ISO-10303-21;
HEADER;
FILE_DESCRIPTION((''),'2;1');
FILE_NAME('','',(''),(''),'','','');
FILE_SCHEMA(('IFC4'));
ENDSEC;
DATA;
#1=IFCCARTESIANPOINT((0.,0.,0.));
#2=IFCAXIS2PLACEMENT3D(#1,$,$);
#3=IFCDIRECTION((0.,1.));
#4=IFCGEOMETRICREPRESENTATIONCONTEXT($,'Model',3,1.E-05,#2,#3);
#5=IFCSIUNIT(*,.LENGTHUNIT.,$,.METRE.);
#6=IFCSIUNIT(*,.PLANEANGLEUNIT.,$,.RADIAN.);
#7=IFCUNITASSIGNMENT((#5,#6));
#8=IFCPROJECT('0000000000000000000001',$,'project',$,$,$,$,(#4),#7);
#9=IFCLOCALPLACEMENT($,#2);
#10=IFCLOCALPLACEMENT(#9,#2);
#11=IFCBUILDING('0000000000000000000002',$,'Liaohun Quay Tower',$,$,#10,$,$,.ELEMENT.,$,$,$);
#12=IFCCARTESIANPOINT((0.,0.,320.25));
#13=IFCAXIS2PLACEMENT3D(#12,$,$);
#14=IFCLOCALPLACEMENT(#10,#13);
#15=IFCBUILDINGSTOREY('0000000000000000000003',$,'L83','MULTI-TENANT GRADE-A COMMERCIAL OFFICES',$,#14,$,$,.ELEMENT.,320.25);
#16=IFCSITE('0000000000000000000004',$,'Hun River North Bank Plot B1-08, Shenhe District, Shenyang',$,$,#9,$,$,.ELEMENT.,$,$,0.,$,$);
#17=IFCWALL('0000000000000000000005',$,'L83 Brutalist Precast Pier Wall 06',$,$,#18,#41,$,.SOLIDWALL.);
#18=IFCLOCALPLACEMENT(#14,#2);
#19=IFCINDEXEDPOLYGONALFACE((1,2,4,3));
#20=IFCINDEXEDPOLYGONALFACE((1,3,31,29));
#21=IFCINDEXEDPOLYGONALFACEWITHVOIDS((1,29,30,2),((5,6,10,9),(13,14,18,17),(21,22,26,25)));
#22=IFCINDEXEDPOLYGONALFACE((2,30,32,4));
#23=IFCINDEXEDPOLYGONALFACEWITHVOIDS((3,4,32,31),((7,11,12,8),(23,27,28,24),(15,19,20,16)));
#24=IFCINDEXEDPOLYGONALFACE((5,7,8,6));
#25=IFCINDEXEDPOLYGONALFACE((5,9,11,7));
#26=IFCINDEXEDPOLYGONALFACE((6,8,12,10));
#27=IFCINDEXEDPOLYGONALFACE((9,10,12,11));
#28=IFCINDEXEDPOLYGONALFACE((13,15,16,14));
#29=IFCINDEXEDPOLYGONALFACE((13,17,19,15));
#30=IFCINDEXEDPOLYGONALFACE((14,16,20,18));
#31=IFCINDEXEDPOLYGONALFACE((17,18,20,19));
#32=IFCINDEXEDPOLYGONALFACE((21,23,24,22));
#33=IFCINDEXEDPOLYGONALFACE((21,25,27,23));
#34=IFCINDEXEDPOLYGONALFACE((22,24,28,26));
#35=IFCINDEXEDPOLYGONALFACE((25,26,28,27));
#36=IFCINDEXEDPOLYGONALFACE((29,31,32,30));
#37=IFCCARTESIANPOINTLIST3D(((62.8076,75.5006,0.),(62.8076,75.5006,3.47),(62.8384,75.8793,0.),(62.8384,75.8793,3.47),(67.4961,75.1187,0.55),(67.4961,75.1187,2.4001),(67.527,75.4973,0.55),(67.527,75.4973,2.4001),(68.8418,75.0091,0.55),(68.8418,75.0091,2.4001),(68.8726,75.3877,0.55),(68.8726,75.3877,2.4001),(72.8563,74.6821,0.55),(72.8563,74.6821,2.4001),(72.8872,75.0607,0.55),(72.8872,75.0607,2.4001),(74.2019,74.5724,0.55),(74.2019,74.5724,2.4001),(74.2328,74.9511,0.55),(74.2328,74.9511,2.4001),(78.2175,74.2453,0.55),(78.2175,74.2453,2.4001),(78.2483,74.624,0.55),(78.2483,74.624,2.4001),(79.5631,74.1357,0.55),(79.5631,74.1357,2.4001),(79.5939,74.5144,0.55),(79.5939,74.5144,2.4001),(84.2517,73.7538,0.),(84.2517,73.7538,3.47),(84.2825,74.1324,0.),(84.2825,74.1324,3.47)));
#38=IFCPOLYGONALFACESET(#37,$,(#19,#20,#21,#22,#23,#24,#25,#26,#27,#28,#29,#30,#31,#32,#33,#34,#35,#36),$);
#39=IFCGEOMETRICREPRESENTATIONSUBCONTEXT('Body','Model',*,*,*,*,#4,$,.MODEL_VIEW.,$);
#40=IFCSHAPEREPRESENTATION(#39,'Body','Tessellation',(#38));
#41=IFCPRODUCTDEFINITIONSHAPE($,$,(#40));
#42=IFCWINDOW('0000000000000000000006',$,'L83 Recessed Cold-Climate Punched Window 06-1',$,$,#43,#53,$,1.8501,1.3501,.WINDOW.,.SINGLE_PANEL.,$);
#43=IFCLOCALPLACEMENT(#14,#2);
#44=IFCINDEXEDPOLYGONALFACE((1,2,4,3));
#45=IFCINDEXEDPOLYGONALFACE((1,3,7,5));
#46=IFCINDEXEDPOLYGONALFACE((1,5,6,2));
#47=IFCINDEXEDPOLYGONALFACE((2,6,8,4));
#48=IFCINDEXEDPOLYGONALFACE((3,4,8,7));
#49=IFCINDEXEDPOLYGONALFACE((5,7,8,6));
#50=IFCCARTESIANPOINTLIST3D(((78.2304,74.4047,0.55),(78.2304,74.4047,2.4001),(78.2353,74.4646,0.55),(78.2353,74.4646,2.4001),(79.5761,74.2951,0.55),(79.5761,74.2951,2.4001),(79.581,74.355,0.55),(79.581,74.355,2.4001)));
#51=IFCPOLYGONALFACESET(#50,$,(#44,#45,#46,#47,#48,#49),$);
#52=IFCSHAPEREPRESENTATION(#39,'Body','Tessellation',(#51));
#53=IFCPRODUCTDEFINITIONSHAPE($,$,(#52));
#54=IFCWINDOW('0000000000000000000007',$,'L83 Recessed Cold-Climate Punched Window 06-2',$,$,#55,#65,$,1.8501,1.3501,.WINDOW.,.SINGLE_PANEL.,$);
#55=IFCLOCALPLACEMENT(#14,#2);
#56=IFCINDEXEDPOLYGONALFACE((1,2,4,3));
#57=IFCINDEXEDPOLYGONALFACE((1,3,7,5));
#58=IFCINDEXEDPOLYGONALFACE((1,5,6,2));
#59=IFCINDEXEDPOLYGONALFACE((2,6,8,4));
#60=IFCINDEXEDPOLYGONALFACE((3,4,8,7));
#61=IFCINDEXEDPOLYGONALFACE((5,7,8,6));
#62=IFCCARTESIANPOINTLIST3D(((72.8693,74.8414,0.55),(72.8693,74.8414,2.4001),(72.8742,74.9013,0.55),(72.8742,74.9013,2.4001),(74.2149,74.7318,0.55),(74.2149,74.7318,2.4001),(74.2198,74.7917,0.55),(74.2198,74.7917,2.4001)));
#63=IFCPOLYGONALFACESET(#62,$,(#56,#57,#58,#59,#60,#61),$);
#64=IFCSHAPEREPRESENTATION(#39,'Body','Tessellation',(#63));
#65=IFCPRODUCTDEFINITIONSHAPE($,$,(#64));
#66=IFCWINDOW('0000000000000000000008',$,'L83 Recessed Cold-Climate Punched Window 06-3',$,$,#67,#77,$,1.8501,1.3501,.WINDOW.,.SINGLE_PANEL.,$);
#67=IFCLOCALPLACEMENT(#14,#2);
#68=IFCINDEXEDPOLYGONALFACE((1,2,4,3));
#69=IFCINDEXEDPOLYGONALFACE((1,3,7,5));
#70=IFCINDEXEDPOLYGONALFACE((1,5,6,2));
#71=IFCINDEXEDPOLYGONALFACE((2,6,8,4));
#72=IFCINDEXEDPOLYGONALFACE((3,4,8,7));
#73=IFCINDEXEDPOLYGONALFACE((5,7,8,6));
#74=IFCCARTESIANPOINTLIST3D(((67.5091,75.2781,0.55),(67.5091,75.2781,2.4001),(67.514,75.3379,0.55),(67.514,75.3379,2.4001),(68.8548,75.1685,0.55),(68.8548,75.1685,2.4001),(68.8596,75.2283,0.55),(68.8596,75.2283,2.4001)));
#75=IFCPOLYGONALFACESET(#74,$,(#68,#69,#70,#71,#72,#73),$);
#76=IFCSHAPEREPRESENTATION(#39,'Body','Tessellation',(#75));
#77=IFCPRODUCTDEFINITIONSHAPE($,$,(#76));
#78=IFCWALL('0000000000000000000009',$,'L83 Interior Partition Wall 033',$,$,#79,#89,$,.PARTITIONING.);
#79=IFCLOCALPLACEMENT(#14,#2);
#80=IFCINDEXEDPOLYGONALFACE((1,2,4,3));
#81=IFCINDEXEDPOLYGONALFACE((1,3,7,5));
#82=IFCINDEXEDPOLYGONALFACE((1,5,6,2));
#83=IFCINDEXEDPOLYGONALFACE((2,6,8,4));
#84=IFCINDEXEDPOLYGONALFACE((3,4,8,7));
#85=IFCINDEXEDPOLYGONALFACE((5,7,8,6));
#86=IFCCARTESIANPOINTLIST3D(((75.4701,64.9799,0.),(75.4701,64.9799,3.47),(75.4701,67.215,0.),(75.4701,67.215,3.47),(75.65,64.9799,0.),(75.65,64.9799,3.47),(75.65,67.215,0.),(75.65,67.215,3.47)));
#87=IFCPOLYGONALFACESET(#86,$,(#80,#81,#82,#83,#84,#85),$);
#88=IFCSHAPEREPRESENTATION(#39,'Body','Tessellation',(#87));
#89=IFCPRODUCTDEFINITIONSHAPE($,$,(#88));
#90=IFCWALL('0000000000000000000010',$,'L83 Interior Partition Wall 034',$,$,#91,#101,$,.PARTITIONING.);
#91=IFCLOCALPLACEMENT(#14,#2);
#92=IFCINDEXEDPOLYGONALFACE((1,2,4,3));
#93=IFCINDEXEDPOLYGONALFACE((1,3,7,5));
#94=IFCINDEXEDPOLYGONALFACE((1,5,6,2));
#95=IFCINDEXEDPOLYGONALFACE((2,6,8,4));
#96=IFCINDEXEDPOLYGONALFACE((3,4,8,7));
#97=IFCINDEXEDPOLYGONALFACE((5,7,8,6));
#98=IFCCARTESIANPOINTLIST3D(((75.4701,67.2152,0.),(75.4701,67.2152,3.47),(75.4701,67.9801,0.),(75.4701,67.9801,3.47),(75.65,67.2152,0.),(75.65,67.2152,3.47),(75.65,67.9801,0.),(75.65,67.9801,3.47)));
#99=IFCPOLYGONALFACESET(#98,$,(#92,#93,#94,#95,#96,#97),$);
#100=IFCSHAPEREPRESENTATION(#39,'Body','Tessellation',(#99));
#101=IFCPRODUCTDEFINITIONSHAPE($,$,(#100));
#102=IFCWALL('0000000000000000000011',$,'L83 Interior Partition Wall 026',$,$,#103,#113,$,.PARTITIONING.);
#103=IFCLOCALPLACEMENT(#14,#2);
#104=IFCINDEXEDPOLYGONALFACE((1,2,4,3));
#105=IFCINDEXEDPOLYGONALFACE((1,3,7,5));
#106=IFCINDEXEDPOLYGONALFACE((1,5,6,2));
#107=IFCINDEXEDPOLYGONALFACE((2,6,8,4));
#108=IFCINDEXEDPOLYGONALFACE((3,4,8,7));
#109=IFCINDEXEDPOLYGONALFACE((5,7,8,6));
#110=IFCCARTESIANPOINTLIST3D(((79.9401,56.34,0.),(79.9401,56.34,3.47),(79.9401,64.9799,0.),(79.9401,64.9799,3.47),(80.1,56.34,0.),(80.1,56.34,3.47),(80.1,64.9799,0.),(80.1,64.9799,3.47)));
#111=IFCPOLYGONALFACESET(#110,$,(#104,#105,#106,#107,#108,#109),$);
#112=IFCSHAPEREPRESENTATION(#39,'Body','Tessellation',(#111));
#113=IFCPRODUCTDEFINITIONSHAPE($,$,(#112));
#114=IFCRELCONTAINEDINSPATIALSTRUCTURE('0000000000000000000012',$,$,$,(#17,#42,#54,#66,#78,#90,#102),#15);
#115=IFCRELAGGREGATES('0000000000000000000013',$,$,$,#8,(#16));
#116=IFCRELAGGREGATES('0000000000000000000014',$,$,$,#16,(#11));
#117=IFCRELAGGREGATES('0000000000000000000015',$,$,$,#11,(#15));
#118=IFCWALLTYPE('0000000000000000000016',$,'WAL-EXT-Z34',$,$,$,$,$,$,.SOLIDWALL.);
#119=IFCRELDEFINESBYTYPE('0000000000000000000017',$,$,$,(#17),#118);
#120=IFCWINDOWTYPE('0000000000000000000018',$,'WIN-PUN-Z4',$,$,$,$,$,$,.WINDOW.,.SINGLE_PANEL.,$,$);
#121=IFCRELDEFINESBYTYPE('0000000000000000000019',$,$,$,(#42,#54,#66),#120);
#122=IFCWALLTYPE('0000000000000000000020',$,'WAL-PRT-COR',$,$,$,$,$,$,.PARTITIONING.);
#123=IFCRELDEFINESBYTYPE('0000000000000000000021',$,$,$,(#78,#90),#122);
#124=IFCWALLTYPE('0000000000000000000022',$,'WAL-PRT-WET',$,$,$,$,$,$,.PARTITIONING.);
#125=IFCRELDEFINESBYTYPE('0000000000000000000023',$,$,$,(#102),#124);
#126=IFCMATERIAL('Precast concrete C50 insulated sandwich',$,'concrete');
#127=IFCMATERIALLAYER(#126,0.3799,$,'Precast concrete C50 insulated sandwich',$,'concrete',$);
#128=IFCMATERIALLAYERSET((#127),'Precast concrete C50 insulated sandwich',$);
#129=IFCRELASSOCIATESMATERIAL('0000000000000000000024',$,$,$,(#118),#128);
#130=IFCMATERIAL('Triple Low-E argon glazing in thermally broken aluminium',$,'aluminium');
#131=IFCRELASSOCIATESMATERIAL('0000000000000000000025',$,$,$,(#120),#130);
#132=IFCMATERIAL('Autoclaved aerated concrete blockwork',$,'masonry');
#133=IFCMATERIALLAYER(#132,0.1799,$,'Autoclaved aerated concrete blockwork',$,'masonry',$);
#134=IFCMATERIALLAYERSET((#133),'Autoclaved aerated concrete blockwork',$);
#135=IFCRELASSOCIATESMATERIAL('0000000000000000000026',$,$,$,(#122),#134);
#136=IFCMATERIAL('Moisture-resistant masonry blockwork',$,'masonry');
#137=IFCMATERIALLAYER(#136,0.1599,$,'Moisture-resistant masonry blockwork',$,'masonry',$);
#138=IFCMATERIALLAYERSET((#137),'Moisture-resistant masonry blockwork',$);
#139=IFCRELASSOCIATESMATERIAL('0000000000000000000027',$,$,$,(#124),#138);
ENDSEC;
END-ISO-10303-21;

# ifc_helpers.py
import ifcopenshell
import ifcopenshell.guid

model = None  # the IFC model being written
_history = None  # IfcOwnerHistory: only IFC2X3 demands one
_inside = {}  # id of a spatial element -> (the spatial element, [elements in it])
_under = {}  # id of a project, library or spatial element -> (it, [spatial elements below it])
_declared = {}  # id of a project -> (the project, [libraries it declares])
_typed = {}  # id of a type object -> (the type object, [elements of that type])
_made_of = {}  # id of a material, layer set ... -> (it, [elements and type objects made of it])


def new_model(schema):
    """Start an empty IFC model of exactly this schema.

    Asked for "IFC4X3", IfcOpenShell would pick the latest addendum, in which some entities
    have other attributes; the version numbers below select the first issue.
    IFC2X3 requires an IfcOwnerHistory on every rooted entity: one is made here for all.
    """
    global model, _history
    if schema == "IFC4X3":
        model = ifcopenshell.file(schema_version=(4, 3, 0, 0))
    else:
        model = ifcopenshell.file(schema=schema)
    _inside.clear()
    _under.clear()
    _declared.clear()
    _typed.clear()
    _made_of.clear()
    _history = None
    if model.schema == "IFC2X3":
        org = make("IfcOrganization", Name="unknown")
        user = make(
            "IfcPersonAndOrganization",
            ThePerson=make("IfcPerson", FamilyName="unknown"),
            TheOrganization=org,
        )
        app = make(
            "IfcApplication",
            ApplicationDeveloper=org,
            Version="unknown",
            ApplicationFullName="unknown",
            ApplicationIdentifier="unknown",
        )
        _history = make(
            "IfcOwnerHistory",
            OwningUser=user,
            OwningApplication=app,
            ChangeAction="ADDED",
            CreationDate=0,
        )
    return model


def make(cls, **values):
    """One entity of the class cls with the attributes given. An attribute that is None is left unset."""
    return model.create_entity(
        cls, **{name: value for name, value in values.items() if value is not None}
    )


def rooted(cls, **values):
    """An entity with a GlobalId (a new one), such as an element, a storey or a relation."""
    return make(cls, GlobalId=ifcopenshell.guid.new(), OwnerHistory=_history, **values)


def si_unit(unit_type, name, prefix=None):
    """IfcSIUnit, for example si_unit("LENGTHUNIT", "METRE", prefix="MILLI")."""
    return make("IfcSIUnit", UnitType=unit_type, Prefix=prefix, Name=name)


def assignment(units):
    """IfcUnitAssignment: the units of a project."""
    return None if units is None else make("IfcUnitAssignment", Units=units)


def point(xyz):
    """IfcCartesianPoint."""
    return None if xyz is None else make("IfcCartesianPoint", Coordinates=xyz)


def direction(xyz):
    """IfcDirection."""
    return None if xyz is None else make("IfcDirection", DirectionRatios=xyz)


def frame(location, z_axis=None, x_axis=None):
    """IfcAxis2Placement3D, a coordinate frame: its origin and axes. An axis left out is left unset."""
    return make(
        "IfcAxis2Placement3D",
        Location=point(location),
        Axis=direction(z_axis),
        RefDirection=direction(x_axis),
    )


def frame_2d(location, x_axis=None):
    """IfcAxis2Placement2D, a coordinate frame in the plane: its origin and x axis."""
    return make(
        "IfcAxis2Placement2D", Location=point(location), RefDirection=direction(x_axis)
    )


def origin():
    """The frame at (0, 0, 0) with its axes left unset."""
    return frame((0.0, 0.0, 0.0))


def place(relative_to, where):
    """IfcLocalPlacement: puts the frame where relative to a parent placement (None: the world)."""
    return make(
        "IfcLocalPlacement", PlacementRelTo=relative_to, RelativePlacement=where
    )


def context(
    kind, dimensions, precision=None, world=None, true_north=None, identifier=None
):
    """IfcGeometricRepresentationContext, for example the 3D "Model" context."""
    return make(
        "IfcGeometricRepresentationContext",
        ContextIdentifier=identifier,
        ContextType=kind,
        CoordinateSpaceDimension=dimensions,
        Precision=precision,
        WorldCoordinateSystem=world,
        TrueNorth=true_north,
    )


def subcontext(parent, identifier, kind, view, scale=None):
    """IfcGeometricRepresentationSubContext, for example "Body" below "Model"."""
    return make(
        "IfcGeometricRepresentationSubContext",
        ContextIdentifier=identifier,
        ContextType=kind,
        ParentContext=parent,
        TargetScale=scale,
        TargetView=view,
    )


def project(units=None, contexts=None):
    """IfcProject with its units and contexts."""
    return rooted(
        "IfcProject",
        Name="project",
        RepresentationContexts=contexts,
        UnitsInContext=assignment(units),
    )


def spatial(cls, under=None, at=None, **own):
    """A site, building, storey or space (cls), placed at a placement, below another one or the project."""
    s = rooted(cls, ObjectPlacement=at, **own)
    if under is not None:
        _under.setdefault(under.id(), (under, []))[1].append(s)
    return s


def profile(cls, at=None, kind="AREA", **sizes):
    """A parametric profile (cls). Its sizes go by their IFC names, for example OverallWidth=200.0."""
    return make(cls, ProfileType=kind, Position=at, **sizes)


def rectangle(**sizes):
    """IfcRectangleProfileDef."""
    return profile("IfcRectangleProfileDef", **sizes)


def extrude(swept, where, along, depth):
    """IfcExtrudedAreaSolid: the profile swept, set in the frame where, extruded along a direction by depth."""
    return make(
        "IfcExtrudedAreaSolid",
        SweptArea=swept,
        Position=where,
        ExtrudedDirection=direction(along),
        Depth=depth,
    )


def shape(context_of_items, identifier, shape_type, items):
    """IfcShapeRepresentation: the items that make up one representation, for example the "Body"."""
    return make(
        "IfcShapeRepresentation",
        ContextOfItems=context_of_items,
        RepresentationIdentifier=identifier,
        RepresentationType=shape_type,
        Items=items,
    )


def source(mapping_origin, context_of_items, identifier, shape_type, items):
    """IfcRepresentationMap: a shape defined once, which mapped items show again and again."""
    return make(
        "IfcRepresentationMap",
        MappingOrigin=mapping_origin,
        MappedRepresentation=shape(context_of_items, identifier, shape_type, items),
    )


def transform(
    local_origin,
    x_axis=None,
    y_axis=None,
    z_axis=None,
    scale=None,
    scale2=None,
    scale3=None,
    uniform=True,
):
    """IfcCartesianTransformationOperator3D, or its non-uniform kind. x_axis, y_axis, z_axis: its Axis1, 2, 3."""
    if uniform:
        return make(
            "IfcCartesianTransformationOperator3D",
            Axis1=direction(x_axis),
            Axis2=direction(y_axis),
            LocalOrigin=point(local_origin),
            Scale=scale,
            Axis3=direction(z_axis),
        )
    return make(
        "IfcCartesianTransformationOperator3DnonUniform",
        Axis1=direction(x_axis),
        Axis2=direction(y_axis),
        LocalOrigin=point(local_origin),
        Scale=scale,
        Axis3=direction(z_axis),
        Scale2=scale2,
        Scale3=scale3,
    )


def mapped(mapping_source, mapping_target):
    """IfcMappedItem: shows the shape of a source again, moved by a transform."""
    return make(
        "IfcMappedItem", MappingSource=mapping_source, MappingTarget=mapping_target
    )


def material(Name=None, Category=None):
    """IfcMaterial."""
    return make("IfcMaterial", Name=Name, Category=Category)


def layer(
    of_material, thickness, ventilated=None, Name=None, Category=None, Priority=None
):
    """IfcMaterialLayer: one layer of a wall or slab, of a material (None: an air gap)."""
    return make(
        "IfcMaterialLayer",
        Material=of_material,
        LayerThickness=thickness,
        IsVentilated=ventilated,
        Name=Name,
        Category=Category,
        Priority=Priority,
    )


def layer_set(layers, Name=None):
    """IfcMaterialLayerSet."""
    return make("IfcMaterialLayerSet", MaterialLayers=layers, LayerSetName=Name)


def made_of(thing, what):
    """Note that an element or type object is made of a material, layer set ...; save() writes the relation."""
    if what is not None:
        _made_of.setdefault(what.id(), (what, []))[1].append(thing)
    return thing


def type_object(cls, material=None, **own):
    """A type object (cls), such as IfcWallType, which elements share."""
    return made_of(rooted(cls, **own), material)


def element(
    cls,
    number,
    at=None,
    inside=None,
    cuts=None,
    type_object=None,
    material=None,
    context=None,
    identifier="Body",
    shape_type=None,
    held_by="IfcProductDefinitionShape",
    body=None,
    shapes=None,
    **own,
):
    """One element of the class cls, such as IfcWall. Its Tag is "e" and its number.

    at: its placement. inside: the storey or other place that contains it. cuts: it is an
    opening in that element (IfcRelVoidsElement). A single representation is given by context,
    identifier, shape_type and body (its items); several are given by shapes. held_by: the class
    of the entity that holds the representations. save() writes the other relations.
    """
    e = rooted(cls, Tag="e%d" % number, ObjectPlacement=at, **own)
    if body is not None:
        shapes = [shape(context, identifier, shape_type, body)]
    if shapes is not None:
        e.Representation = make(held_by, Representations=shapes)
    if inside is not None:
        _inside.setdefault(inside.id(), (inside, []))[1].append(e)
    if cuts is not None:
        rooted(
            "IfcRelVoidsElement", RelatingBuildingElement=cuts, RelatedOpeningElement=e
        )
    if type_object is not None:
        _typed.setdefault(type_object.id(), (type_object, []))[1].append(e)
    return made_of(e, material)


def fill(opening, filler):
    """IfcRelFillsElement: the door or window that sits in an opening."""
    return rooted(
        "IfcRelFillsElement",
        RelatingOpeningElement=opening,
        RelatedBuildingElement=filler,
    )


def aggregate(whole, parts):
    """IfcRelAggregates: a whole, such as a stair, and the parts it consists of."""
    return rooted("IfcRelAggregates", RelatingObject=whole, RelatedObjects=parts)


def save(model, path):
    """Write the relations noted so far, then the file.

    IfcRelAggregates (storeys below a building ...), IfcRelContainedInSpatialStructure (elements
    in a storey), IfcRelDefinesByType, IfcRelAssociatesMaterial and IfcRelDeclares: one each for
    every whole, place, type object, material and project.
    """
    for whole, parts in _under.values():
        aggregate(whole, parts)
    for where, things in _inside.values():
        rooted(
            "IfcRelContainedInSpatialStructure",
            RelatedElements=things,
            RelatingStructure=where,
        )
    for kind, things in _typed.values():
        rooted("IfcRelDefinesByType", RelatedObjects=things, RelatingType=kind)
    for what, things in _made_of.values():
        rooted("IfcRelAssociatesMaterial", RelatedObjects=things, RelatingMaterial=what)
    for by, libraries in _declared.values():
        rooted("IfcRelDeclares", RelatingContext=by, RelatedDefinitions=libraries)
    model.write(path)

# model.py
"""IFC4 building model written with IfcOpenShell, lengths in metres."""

from ifc_helpers import new_model, si_unit, direction, frame, frame_2d, origin, place, context, subcontext, project, spatial, rectangle, extrude, source, transform, mapped, material, layer, layer_set, type_object, element, fill, save


model = new_model("IFC4")

# Units and contexts
model_context = context("Model", 3, precision=1e-05, world=origin(), true_north=direction((0.0, 1.0)))
body_context = subcontext(model_context, "Body", "Model", "MODEL_VIEW")
ifc_project = project(units=[si_unit("LENGTHUNIT", "METRE"), si_unit("PLANEANGLEUNIT", "RADIAN")], contexts=[model_context])

# Site, building, storey
site_placement = place(None, origin())
site = spatial("IfcSite", under=ifc_project, at=site_placement, Name="Hun River North Bank Plot B1-08, Shenhe District, Shenyang", CompositionType="ELEMENT", RefElevation=0.0)
building_placement = place(site_placement, origin())
building = spatial("IfcBuilding", under=site, at=building_placement, Name="Liaohun Quay Tower", CompositionType="ELEMENT")
storey_placement = place(building_placement, frame((0.0, 0.0, 320.25)))
storey = spatial("IfcBuildingStorey", under=building, at=storey_placement, Name="L83", Description="MULTI-TENANT GRADE-A COMMERCIAL OFFICES", CompositionType="ELEMENT", Elevation=320.25)

# Shared definitions
ifc_material_1 = material(Name="Precast concrete C50 insulated sandwich", Category="concrete")
ifc_layer_1 = layer(ifc_material_1, 0.3799, Name="Precast concrete C50 insulated sandwich", Category="concrete")
ifc_layer_set_1 = layer_set([ifc_layer_1], Name="Precast concrete C50 insulated sandwich")
wall_type_1 = type_object("IfcWallType", Name="WAL-EXT-Z34", PredefinedType="SOLIDWALL", material=ifc_layer_set_1)

# Wall, openings, windows
wall_1_placement = place(storey_placement, frame((84.2671, 73.9431, 0.0), z_axis=(0.0, 0.0, 1.0), x_axis=(-0.996699, 0.081191, 0.0)))
wall_1 = element("IfcWall", 1, at=wall_1_placement, inside=storey, type_object=wall_type_1, Name="L83 Brutalist Precast Pier Wall 06", PredefinedType="SOLIDWALL", context=body_context, shape_type="SweptSolid", body=[
    extrude(rectangle(XDim=21.5151, YDim=0.3799, at=frame_2d((10.7576, 0.0))), origin(), (0.0, 0.0, 1.0), 3.47),
])
shared_shape_1 = source(origin(), body_context, "Body", "SweptSolid", [
    extrude(rectangle(XDim=1.3501, YDim=1.8501, at=frame_2d((0.675, 0.925))), frame((0.0, 0.2, 0.0), z_axis=(0.0, -1.0, 0.0), x_axis=(1.0, 0.0, 0.0)), (0.0, 0.0, 1.0), 0.3999),
])
opening_1_placement = place(wall_1_placement, frame((4.7041, 0.0, 0.55)))
opening_1 = element("IfcOpeningElement", 2, at=opening_1_placement, cuts=wall_1, PredefinedType="OPENING", context=body_context, shape_type="MappedRepresentation", body=[
    mapped(shared_shape_1, transform((0.0, 0.0, 0.0), x_axis=(1.0, 0.0, 0.0), y_axis=(0.0, 1.0, 0.0), z_axis=(0.0, 0.0, 1.0), scale=1.0)),
])
opening_2_placement = place(wall_1_placement, frame((10.083, 0.0, 0.55)))
opening_2 = element("IfcOpeningElement", 3, at=opening_2_placement, cuts=wall_1, PredefinedType="OPENING", context=body_context, shape_type="MappedRepresentation", body=[
    mapped(shared_shape_1, transform((0.0, 0.0, 0.0), x_axis=(1.0, 0.0, 0.0), y_axis=(0.0, 1.0, 0.0), z_axis=(0.0, 0.0, 1.0), scale=1.0)),
])
opening_3_placement = place(wall_1_placement, frame((15.4609, 0.0, 0.55)))
opening_3 = element("IfcOpeningElement", 4, at=opening_3_placement, cuts=wall_1, PredefinedType="OPENING", context=body_context, shape_type="MappedRepresentation", body=[
    mapped(shared_shape_1, transform((0.0, 0.0, 0.0), x_axis=(1.0, 0.0, 0.0), y_axis=(0.0, 1.0, 0.0), z_axis=(0.0, 0.0, 1.0), scale=1.0)),
])
ifc_material_2 = material(Name="Triple Low-E argon glazing in thermally broken aluminium", Category="aluminium")
window_type_1 = type_object("IfcWindowType", Name="WIN-PUN-Z4", PartitioningType="SINGLE_PANEL", PredefinedType="WINDOW", material=ifc_material_2)
shared_shape_2 = source(origin(), body_context, "Body", "SweptSolid", [
    extrude(rectangle(XDim=1.3501, YDim=1.8501, at=frame_2d((0.675, 0.925))), frame((0.0, 0.03, 0.0), z_axis=(0.0, -1.0, 0.0), x_axis=(1.0, 0.0, 0.0)), (0.0, 0.0, 1.0), 0.0601),
])
window_1_placement = place(opening_1_placement, origin())
window_1 = element("IfcWindow", 5, at=window_1_placement, inside=storey, type_object=window_type_1, Name="L83 Recessed Cold-Climate Punched Window 06-1", OverallHeight=1.8501, OverallWidth=1.3501, PartitioningType="SINGLE_PANEL", PredefinedType="WINDOW", context=body_context, shape_type="MappedRepresentation", body=[
    mapped(shared_shape_2, transform((0.0, 0.0, 0.0), x_axis=(1.0, 0.0, 0.0), y_axis=(0.0, 1.0, 0.0), z_axis=(0.0, 0.0, 1.0), scale=1.0)),
])
fill(opening_1, window_1)
window_2_placement = place(opening_2_placement, origin())
window_2 = element("IfcWindow", 6, at=window_2_placement, inside=storey, type_object=window_type_1, Name="L83 Recessed Cold-Climate Punched Window 06-2", OverallHeight=1.8501, OverallWidth=1.3501, PartitioningType="SINGLE_PANEL", PredefinedType="WINDOW", context=body_context, shape_type="MappedRepresentation", body=[
    mapped(shared_shape_2, transform((0.0, 0.0, 0.0), x_axis=(1.0, 0.0, 0.0), y_axis=(0.0, 1.0, 0.0), z_axis=(0.0, 0.0, 1.0), scale=1.0)),
])
fill(opening_2, window_2)
window_3_placement = place(opening_3_placement, origin())
window_3 = element("IfcWindow", 7, at=window_3_placement, inside=storey, type_object=window_type_1, Name="L83 Recessed Cold-Climate Punched Window 06-3", OverallHeight=1.8501, OverallWidth=1.3501, PartitioningType="SINGLE_PANEL", PredefinedType="WINDOW", context=body_context, shape_type="MappedRepresentation", body=[
    mapped(shared_shape_2, transform((0.0, 0.0, 0.0), x_axis=(1.0, 0.0, 0.0), y_axis=(0.0, 1.0, 0.0), z_axis=(0.0, 0.0, 1.0), scale=1.0)),
])
fill(opening_3, window_3)

# Walls
ifc_material_3 = material(Name="Autoclaved aerated concrete blockwork", Category="masonry")
ifc_layer_2 = layer(ifc_material_3, 0.1799, Name="Autoclaved aerated concrete blockwork", Category="masonry")
ifc_layer_set_2 = layer_set([ifc_layer_2], Name="Autoclaved aerated concrete blockwork")
wall_type_2 = type_object("IfcWallType", Name="WAL-PRT-COR", PredefinedType="PARTITIONING", material=ifc_layer_set_2)
wall_2_placement = place(storey_placement, frame((75.5601, 67.2151, 0.0), z_axis=(0.0, 0.0, 1.0), x_axis=(0.0, -1.0, 0.0)))
element("IfcWall", 8, at=wall_2_placement, inside=storey, type_object=wall_type_2, Name="L83 Interior Partition Wall 033", PredefinedType="PARTITIONING", context=body_context, shape_type="SweptSolid", body=[
    extrude(rectangle(XDim=2.2351, YDim=0.1799, at=frame_2d((1.1177, 0.0))), origin(), (0.0, 0.0, 1.0), 3.47),
])
wall_3_placement = place(storey_placement, frame((75.5601, 67.98, 0.0), z_axis=(0.0, 0.0, 1.0), x_axis=(0.0, -1.0, 0.0)))
element("IfcWall", 9, at=wall_3_placement, inside=storey, type_object=wall_type_2, Name="L83 Interior Partition Wall 034", PredefinedType="PARTITIONING", context=body_context, shape_type="SweptSolid", body=[
    extrude(rectangle(XDim=0.7649, YDim=0.1799, at=frame_2d((0.3823, 0.0))), origin(), (0.0, 0.0, 1.0), 3.47),
])
ifc_material_4 = material(Name="Moisture-resistant masonry blockwork", Category="masonry")
ifc_layer_3 = layer(ifc_material_4, 0.1599, Name="Moisture-resistant masonry blockwork", Category="masonry")
ifc_layer_set_3 = layer_set([ifc_layer_3], Name="Moisture-resistant masonry blockwork")
wall_type_3 = type_object("IfcWallType", Name="WAL-PRT-WET", PredefinedType="PARTITIONING", material=ifc_layer_set_3)
wall_4_placement = place(storey_placement, frame((80.02, 56.3401, 0.0), z_axis=(0.0, 0.0, 1.0), x_axis=(0.0, 1.0, 0.0)))
element("IfcWall", 10, at=wall_4_placement, inside=storey, type_object=wall_type_3, Name="L83 Interior Partition Wall 026", PredefinedType="PARTITIONING", context=body_context, shape_type="SweptSolid", body=[
    extrude(rectangle(XDim=8.6399, YDim=0.1599, at=frame_2d((4.3198, 0.0))), origin(), (0.0, 0.0, 1.0), 3.47),
])

save(model, "model.ifc")
